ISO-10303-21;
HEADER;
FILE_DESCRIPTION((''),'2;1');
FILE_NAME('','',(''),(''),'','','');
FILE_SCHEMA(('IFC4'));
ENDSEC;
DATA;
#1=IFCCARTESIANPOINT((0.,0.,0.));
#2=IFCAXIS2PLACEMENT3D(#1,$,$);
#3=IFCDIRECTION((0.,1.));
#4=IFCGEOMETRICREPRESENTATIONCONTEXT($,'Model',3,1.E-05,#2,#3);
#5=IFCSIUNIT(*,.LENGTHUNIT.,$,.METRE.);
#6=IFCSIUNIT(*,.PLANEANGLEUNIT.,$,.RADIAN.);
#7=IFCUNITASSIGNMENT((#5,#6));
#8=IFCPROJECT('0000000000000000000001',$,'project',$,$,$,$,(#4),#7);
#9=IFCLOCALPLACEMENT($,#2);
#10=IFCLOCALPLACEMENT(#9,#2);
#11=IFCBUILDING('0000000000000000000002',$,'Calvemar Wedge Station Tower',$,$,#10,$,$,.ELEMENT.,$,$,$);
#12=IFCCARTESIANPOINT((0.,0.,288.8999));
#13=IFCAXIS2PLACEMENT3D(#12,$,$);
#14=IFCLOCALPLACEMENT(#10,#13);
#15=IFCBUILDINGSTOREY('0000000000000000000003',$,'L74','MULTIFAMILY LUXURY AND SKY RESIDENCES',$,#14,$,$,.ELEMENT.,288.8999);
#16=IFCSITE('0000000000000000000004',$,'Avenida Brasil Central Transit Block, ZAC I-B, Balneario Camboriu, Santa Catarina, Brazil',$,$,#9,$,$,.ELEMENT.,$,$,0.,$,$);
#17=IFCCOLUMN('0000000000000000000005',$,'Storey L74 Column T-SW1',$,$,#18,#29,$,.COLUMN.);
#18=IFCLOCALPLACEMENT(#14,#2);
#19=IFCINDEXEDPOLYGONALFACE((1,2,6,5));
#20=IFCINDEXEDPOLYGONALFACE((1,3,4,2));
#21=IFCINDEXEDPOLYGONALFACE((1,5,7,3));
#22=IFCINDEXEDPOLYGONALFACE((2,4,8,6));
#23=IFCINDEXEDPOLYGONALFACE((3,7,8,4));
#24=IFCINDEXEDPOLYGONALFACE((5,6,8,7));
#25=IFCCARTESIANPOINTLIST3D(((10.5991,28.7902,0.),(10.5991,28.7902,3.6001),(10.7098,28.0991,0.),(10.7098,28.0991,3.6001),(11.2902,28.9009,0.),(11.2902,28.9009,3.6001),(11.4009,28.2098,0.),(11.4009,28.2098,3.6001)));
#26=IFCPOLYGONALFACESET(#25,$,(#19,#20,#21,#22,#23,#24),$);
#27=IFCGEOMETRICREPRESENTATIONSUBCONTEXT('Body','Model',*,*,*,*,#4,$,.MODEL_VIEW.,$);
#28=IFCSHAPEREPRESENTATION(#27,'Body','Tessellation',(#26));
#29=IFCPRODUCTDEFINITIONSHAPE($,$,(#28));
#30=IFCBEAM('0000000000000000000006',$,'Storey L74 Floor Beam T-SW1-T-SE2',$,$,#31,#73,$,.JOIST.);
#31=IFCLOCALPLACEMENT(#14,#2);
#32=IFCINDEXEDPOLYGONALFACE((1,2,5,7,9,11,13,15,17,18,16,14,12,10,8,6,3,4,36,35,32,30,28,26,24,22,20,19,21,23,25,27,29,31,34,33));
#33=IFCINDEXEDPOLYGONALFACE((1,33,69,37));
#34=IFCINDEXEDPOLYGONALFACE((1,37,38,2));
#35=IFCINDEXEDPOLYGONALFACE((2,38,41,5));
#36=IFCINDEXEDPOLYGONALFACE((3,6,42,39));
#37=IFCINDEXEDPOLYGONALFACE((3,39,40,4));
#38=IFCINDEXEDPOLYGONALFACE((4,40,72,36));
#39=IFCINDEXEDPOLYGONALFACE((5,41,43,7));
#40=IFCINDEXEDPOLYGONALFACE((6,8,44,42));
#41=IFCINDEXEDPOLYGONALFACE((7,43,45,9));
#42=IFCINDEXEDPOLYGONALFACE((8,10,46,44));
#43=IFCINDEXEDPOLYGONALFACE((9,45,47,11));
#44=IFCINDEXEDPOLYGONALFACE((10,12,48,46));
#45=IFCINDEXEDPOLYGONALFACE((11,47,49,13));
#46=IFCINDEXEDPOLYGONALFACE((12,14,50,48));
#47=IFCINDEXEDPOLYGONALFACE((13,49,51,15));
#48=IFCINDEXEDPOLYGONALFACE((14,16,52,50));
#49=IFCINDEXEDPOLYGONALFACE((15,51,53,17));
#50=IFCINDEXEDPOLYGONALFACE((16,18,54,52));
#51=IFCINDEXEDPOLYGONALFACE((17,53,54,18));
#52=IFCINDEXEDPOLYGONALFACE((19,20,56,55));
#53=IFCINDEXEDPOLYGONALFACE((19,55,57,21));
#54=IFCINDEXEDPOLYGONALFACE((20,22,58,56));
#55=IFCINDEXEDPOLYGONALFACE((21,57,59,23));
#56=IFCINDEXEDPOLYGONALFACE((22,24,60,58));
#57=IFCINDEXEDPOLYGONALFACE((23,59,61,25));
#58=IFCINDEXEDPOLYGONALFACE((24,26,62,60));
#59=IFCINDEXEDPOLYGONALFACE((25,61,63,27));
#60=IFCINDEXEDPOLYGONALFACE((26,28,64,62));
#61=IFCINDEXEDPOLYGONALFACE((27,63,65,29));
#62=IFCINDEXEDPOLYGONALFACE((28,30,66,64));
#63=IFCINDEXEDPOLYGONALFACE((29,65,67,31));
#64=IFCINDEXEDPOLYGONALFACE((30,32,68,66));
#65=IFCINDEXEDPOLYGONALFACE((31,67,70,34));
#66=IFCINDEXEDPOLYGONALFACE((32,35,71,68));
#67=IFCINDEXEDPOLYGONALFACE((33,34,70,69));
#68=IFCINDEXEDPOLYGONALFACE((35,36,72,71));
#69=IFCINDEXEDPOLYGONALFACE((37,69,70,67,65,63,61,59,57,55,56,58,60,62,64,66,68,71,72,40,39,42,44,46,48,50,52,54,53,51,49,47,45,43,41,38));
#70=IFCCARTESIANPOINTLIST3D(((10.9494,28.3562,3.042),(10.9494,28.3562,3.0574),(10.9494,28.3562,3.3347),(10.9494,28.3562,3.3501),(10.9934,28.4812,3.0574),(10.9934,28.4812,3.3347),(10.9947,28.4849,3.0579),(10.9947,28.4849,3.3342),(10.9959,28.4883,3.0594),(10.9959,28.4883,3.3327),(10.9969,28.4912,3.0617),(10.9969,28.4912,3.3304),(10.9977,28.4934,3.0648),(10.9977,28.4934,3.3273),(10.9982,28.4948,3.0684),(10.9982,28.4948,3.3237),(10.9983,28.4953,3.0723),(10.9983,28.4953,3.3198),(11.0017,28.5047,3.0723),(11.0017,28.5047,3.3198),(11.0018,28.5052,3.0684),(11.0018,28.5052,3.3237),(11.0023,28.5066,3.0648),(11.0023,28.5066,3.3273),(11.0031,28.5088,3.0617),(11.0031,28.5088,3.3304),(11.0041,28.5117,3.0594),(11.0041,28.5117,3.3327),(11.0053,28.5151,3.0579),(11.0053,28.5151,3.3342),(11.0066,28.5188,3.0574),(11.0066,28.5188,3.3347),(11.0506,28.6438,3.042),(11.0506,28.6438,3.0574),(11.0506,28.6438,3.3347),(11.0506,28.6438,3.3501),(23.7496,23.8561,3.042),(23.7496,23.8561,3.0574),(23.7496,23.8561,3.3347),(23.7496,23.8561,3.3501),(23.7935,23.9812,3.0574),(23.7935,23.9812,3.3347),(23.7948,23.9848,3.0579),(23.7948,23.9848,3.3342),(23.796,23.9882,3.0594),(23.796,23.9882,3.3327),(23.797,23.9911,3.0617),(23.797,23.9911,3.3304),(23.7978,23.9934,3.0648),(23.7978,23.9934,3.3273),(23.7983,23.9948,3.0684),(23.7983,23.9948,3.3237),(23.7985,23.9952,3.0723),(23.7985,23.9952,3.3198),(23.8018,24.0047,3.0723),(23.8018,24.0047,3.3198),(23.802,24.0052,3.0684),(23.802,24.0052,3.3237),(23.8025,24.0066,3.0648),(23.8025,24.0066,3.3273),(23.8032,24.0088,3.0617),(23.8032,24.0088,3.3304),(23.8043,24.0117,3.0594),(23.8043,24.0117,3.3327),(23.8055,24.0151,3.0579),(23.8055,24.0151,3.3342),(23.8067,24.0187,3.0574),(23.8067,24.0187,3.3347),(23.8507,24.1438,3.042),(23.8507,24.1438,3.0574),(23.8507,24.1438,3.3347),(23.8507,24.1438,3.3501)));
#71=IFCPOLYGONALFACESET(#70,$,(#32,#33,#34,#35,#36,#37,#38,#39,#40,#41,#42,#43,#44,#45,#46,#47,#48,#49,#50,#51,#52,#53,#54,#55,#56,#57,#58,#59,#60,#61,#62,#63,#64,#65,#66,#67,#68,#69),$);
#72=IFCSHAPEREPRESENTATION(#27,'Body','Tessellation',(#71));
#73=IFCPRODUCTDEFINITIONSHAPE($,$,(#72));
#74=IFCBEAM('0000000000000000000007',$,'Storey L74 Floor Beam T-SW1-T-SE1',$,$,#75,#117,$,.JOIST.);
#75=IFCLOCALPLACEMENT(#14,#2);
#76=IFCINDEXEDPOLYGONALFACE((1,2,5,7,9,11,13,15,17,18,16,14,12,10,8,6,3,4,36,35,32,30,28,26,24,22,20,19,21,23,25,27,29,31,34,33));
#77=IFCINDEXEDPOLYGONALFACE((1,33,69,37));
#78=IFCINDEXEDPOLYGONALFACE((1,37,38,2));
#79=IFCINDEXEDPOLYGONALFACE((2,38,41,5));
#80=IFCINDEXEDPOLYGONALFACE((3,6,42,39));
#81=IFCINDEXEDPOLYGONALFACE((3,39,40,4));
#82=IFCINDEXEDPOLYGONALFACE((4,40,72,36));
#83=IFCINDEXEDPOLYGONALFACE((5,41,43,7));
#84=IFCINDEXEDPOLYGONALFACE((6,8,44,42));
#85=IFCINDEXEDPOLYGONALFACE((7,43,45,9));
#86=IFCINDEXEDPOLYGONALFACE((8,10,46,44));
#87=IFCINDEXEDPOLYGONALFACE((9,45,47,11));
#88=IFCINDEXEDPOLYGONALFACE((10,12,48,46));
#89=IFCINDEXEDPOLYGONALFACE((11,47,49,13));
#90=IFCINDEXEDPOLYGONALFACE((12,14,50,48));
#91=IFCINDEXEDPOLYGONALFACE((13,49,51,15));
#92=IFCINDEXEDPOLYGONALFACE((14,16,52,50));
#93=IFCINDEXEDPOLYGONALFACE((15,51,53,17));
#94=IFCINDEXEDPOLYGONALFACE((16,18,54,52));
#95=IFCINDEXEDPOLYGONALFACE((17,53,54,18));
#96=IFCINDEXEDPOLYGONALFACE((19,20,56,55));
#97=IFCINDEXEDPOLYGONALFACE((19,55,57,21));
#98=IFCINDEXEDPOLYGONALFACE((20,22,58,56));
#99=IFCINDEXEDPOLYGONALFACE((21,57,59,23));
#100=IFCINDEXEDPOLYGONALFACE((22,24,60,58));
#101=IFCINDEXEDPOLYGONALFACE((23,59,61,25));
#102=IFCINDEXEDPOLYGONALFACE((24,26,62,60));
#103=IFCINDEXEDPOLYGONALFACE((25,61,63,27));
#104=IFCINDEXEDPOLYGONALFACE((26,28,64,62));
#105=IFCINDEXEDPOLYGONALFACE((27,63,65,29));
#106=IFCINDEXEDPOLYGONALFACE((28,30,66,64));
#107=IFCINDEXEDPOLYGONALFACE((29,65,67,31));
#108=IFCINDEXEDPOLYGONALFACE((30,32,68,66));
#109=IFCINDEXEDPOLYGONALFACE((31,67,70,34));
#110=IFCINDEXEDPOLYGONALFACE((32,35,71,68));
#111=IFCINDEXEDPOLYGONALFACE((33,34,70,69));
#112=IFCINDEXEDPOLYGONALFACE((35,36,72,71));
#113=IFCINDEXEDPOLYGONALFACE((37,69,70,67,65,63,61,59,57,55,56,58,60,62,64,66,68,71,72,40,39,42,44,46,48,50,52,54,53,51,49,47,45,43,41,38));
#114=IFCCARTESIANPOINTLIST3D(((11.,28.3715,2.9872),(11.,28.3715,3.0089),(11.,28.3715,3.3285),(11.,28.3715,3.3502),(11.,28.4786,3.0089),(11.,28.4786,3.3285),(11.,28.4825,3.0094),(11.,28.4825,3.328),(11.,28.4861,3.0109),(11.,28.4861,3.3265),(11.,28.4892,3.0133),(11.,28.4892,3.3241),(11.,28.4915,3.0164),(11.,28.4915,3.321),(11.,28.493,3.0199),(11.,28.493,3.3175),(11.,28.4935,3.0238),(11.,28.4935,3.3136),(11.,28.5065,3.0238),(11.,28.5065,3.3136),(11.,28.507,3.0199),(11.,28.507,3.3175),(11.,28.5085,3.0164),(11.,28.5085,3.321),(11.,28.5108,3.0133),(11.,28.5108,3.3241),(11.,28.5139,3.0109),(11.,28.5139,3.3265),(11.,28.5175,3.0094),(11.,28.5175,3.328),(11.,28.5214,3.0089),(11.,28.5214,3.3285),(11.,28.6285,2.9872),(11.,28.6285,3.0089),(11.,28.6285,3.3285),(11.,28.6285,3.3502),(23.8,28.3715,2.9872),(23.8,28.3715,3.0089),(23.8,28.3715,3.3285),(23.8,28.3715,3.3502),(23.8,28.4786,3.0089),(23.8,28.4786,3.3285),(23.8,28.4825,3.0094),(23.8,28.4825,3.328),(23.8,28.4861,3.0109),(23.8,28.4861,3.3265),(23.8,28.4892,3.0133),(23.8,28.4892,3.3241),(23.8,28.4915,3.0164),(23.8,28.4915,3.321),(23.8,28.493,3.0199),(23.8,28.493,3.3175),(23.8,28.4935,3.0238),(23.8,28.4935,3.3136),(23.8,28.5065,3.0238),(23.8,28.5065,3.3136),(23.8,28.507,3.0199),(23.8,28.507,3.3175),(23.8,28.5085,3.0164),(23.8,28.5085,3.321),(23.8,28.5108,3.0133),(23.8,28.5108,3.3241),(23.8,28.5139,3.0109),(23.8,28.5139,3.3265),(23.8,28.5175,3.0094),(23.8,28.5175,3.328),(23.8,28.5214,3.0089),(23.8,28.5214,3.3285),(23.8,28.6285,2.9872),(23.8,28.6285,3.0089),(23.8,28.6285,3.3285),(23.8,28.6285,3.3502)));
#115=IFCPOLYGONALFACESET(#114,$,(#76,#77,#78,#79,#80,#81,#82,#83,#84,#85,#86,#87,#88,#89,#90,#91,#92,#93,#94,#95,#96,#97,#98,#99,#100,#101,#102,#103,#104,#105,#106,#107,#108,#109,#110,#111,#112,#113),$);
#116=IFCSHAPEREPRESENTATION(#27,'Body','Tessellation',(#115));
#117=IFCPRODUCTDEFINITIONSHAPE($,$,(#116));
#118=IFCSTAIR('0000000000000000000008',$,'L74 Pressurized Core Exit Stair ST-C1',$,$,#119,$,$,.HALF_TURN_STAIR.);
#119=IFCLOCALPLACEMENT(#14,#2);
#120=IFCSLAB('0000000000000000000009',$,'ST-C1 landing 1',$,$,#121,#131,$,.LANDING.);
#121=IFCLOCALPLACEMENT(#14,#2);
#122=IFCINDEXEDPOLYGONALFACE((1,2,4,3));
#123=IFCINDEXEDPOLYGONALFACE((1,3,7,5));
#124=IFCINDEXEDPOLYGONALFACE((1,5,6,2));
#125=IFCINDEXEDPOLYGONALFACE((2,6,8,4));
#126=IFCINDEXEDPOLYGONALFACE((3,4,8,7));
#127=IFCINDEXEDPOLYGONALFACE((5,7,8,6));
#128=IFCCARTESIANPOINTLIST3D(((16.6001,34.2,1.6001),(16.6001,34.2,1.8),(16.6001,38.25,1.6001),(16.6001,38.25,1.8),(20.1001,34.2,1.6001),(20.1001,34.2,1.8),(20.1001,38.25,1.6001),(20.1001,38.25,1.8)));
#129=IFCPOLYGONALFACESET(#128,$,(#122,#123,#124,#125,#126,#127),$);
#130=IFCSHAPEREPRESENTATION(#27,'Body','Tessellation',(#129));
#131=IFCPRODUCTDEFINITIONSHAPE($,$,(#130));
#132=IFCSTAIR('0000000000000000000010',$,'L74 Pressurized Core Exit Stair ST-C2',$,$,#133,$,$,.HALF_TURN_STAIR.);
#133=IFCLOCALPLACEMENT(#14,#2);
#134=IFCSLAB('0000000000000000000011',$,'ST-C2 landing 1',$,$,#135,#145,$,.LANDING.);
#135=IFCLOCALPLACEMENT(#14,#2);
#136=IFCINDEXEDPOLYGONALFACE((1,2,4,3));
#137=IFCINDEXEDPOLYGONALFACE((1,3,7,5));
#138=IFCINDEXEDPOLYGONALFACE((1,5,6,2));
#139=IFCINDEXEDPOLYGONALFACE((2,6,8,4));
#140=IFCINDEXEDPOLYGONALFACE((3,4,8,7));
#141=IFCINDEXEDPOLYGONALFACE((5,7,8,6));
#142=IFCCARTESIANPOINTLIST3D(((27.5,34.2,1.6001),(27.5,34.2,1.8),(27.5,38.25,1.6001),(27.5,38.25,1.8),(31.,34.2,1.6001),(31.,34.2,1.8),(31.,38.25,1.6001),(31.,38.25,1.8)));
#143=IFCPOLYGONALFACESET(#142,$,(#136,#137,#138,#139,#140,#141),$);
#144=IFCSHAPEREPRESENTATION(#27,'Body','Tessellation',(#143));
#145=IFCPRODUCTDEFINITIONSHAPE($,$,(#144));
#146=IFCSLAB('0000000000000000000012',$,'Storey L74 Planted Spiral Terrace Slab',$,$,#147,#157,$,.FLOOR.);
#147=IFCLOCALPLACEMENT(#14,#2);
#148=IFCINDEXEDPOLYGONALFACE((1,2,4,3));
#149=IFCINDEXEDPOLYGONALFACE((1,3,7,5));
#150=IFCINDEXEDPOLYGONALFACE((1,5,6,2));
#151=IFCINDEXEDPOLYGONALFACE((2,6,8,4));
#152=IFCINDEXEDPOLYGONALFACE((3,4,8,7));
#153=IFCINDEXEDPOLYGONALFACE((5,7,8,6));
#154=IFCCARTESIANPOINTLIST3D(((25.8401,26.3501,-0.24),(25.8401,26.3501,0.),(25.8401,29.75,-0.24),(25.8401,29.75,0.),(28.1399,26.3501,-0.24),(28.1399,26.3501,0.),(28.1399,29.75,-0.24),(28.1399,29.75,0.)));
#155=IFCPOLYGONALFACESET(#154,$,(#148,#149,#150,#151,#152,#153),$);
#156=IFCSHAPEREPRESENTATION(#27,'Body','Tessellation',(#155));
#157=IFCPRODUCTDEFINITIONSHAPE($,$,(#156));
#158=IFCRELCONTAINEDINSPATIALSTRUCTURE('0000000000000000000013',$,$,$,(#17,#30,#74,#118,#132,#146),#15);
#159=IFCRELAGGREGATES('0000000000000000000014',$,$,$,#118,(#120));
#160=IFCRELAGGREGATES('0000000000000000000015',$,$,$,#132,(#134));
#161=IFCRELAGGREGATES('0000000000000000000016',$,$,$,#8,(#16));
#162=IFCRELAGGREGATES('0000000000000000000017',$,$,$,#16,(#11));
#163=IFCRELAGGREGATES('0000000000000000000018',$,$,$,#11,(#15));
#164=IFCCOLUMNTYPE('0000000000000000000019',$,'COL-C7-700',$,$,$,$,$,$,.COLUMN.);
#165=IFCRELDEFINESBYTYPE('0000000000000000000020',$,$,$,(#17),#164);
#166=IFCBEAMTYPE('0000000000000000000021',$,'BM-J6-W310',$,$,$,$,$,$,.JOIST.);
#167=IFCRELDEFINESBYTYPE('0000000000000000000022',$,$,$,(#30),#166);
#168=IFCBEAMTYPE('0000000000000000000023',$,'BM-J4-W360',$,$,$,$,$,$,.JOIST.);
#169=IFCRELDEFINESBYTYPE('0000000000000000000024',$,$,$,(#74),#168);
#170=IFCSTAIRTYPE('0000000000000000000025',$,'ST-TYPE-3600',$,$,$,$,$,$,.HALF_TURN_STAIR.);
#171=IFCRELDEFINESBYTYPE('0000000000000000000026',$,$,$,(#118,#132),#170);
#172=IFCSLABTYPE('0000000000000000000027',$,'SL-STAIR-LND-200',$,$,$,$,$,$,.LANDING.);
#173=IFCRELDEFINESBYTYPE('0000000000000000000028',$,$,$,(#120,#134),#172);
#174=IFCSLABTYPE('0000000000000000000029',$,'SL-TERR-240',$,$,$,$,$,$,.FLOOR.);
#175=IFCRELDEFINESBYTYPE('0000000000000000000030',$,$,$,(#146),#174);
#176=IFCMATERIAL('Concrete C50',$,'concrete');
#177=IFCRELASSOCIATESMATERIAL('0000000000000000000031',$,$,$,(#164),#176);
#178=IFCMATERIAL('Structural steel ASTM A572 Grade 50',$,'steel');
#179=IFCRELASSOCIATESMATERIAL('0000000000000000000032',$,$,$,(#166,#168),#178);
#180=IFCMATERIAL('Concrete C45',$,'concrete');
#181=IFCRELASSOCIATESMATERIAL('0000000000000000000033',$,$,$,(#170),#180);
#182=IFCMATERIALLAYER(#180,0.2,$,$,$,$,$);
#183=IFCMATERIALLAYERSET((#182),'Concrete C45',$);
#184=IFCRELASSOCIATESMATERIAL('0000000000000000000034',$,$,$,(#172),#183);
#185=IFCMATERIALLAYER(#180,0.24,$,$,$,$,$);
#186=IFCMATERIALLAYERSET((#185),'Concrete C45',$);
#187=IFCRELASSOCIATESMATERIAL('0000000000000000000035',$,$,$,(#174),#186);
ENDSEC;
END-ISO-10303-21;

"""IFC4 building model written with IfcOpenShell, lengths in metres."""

from ifc_helpers import new_model, si_unit, direction, frame, origin, origin_2d, place, context, subcontext, project, spatial, polyline, rectangle, i_section, outline, extrude, source, transform, mapped, material, layer, layer_set, material_profile, profile_set, type_object, element, aggregate, save


model = new_model("IFC4")

# Units and contexts
model_context = context("Model", 3, precision=1e-05, world=origin(), true_north=direction((0.0, 1.0)))
body_context = subcontext(model_context, "Body", "Model", "MODEL_VIEW")
ifc_project = project(units=[si_unit("LENGTHUNIT", "METRE"), si_unit("PLANEANGLEUNIT", "RADIAN")], contexts=[model_context])

# Site, building, storey
site_placement = place(None, origin())
site = spatial("IfcSite", under=ifc_project, at=site_placement, Name="Avenida Brasil Central Transit Block, ZAC I-B, Balneario Camboriu, Santa Catarina, Brazil", CompositionType="ELEMENT", RefElevation=0.0)
building_placement = place(site_placement, origin())
building = spatial("IfcBuilding", under=site, at=building_placement, Name="Calvemar Wedge Station Tower", CompositionType="ELEMENT")
storey_placement = place(building_placement, frame((0.0, 0.0, 288.8999)))
storey = spatial("IfcBuildingStorey", under=building, at=storey_placement, Name="L74", Description="MULTIFAMILY LUXURY AND SKY RESIDENCES", CompositionType="ELEMENT", Elevation=288.8999)

# Column
ifc_material_1 = material(Name="Concrete C50", Category="concrete")
ifc_material_profile_1 = material_profile(ifc_material_1, rectangle(XDim=0.7, YDim=0.7, at=origin_2d()), Name="RC700x700")
ifc_profile_set_1 = profile_set([ifc_material_profile_1], Name="Concrete C50")
column_type = type_object("IfcColumnType", Name="COL-C7-700", PredefinedType="COLUMN", material=ifc_profile_set_1)
shared_shape_1 = source(origin(), body_context, "Body", "SweptSolid", [
    extrude(rectangle(XDim=0.7, YDim=0.7, at=origin_2d()), origin(), (0.0, 0.0, 1.0), 3.6001),
])
column_placement = place(storey_placement, frame((11.0, 28.5, 0.0), z_axis=(0.0, 0.0, 1.0), x_axis=(0.158158, -0.987414, 0.0)))
element("IfcColumn", 1, at=column_placement, inside=storey, type_object=column_type, Name="Storey L74 Column T-SW1", PredefinedType="COLUMN", context=body_context, shape_type="MappedRepresentation", body=[
    mapped(shared_shape_1, transform((0.0, 0.0, 0.0), scale=1.0)),
])

# Beams
ifc_material_2 = material(Name="Structural steel ASTM A572 Grade 50", Category="steel")
ifc_material_profile_2 = material_profile(ifc_material_2, i_section(OverallWidth=0.3049, OverallDepth=0.3081, WebThickness=0.01, FlangeThickness=0.0154, FilletRadius=0.0149, at=origin_2d()), Name="W310x97")
ifc_profile_set_2 = profile_set([ifc_material_profile_2], Name="Structural steel ASTM A572 Grade 50")
beam_type_1 = type_object("IfcBeamType", Name="BM-J6-W310", PredefinedType="JOIST", material=ifc_profile_set_2)
shared_shape_2 = source(origin(), body_context, "Body", "SweptSolid", [
    extrude(i_section(OverallWidth=0.3049, OverallDepth=0.3081, WebThickness=0.01, FlangeThickness=0.0154, FilletRadius=0.0149, at=origin_2d()), origin(), (0.0, 0.0, 1.0), 13.5681),
])
beam_1_placement = place(storey_placement, frame((11.0, 28.5, 3.196), z_axis=(0.943398, -0.331662, 0.0), x_axis=(0.331662, 0.943398, 0.0)))
element("IfcBeam", 2, at=beam_1_placement, inside=storey, type_object=beam_type_1, Name="Storey L74 Floor Beam T-SW1-T-SE2", PredefinedType="JOIST", context=body_context, shape_type="MappedRepresentation", body=[
    mapped(shared_shape_2, transform((0.0, 0.0, 0.0), scale=1.0)),
])
ifc_material_profile_3 = material_profile(ifc_material_2, i_section(OverallWidth=0.2571, OverallDepth=0.363, WebThickness=0.0129, FlangeThickness=0.0217, FilletRadius=0.0149, at=origin_2d()), Name="W360x122")
ifc_profile_set_3 = profile_set([ifc_material_profile_3], Name="Structural steel ASTM A572 Grade 50")
beam_type_2 = type_object("IfcBeamType", Name="BM-J4-W360", PredefinedType="JOIST", material=ifc_profile_set_3)
shared_shape_3 = source(origin(), body_context, "Body", "SweptSolid", [
    extrude(i_section(OverallWidth=0.2571, OverallDepth=0.363, WebThickness=0.0129, FlangeThickness=0.0217, FilletRadius=0.0149, at=origin_2d()), origin(), (0.0, 0.0, 1.0), 12.8),
])
beam_2_placement = place(storey_placement, frame((11.0, 28.5, 3.1687), z_axis=(1.0, 0.0, 0.0), x_axis=(0.0, 1.0, 0.0)))
element("IfcBeam", 3, at=beam_2_placement, inside=storey, type_object=beam_type_2, Name="Storey L74 Floor Beam T-SW1-T-SE1", PredefinedType="JOIST", context=body_context, shape_type="MappedRepresentation", body=[
    mapped(shared_shape_3, transform((0.0, 0.0, 0.0), scale=1.0)),
])

# Stairs, slabs
ifc_material_3 = material(Name="Concrete C45", Category="concrete")
stair_type = type_object("IfcStairType", Name="ST-TYPE-3600", PredefinedType="HALF_TURN_STAIR", material=ifc_material_3)
stair_1_placement = place(storey_placement, origin())
stair_1 = element("IfcStair", 4, at=stair_1_placement, inside=storey, type_object=stair_type, Name="L74 Pressurized Core Exit Stair ST-C1", PredefinedType="HALF_TURN_STAIR")
ifc_layer_1 = layer(ifc_material_3, 0.2)
ifc_layer_set_1 = layer_set([ifc_layer_1], Name="Concrete C45")
slab_type_1 = type_object("IfcSlabType", Name="SL-STAIR-LND-200", PredefinedType="LANDING", material=ifc_layer_set_1)
slab_1_placement = place(storey_placement, frame((0.0, 0.0, 1.6001)))
slab_1 = element("IfcSlab", 5, at=slab_1_placement, type_object=slab_type_1, Name="ST-C1 landing 1", PredefinedType="LANDING", context=body_context, shape_type="SweptSolid", body=[
    extrude(outline(polyline([(16.6001, 38.25), (16.6001, 34.2), (20.1001, 34.2), (20.1001, 38.25), (16.6001, 38.25)])), origin(), (0.0, 0.0, 1.0), 0.2),
])
aggregate(stair_1, [slab_1])
stair_2_placement = place(storey_placement, origin())
stair_2 = element("IfcStair", 6, at=stair_2_placement, inside=storey, type_object=stair_type, Name="L74 Pressurized Core Exit Stair ST-C2", PredefinedType="HALF_TURN_STAIR")
slab_2_placement = place(storey_placement, frame((0.0, 0.0, 1.6001)))
slab_2 = element("IfcSlab", 7, at=slab_2_placement, type_object=slab_type_1, Name="ST-C2 landing 1", PredefinedType="LANDING", context=body_context, shape_type="SweptSolid", body=[
    extrude(outline(polyline([(27.5, 38.25), (27.5, 34.2), (31.0, 34.2), (31.0, 38.25), (27.5, 38.25)])), origin(), (0.0, 0.0, 1.0), 0.2),
])
aggregate(stair_2, [slab_2])

# Slab
ifc_layer_2 = layer(ifc_material_3, 0.24)
ifc_layer_set_2 = layer_set([ifc_layer_2], Name="Concrete C45")
slab_type_2 = type_object("IfcSlabType", Name="SL-TERR-240", PredefinedType="FLOOR", material=ifc_layer_set_2)
slab_3_placement = place(storey_placement, frame((0.0, 0.0, -0.24)))
element("IfcSlab", 8, at=slab_3_placement, inside=storey, type_object=slab_type_2, Name="Storey L74 Planted Spiral Terrace Slab", PredefinedType="FLOOR", context=body_context, shape_type="SweptSolid", body=[
    extrude(outline(polyline([(25.8401, 26.3501), (28.1399, 26.3501), (28.1399, 29.75), (25.8401, 29.75), (25.8401, 26.3501)])), origin(), (0.0, 0.0, 1.0), 0.24),
])

save(model, "model.ifc")
